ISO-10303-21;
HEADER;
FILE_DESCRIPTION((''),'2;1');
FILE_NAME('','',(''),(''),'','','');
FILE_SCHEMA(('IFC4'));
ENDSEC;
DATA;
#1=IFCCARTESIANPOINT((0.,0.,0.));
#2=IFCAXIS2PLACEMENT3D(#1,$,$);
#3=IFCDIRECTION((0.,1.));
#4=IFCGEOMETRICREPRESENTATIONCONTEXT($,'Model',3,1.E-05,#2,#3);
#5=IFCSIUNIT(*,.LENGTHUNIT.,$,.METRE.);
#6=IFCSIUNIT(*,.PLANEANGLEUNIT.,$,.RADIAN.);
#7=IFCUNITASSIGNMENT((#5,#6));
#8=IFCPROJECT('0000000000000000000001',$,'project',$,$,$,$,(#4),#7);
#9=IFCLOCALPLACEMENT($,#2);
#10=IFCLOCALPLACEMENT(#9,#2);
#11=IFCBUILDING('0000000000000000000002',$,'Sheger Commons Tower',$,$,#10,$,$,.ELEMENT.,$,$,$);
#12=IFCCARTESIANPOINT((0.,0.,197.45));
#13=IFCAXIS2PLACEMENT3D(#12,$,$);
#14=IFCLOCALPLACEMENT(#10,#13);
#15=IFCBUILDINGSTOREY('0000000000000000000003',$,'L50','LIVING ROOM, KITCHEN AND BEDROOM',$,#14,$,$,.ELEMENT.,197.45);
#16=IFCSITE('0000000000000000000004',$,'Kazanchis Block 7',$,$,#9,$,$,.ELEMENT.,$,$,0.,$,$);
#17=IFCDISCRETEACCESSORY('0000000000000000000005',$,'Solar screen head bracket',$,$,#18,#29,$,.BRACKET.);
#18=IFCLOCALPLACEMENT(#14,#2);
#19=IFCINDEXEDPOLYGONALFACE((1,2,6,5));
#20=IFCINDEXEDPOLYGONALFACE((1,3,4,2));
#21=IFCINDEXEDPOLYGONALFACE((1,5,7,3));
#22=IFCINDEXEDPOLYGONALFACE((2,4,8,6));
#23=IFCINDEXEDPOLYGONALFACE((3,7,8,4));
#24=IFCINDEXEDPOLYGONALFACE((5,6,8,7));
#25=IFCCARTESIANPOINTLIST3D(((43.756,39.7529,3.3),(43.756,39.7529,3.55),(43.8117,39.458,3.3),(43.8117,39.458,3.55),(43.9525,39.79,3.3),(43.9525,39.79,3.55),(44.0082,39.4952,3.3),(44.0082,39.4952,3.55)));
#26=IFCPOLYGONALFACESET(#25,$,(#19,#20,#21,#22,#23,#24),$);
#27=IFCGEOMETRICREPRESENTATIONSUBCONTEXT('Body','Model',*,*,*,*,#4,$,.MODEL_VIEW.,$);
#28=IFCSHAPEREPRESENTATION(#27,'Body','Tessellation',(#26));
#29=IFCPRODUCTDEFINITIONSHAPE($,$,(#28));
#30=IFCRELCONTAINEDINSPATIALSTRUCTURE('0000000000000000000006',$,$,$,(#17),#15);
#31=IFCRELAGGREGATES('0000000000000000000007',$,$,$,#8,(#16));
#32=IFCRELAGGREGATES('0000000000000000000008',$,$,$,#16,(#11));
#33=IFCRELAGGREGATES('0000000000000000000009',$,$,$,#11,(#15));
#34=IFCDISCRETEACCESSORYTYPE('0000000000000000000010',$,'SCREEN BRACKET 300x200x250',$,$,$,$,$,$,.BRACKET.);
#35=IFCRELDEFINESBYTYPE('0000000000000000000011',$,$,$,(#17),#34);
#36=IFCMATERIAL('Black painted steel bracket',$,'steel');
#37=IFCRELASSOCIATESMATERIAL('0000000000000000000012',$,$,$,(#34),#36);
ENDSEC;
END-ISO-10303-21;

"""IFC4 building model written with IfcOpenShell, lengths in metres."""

from ifc_helpers import new_model, si_unit, direction, frame, origin, origin_2d, place, context, subcontext, project, spatial, rectangle, extrude, material, type_object, element, save


model = new_model("IFC4")

# Units and contexts
model_context = context("Model", 3, precision=1e-05, world=origin(), true_north=direction((0.0, 1.0)))
body_context = subcontext(model_context, "Body", "Model", "MODEL_VIEW")
ifc_project = project(units=[si_unit("LENGTHUNIT", "METRE"), si_unit("PLANEANGLEUNIT", "RADIAN")], contexts=[model_context])

# Site, building, storey
site_placement = place(None, origin())
site = spatial("IfcSite", under=ifc_project, at=site_placement, Name="Kazanchis Block 7", CompositionType="ELEMENT", RefElevation=0.0)
building_placement = place(site_placement, origin())
building = spatial("IfcBuilding", under=site, at=building_placement, Name="Sheger Commons Tower", CompositionType="ELEMENT")
storey_placement = place(building_placement, frame((0.0, 0.0, 197.45)))
storey = spatial("IfcBuildingStorey", under=building, at=storey_placement, Name="L50", Description="LIVING ROOM, KITCHEN AND BEDROOM", CompositionType="ELEMENT", Elevation=197.45)

# Discrete accessory
ifc_material_1 = material(Name="Black painted steel bracket", Category="steel")
discrete_accessory_type = type_object("IfcDiscreteAccessoryType", Name="SCREEN BRACKET 300x200x250", PredefinedType="BRACKET", material=ifc_material_1)
for number, where, z_axis, x_axis, name in (
    (1, (43.8821, 39.624, 3.3), (0.0, 0.0, 1.0), (-0.185615, 0.982623, 0.0), "Solar screen head bracket"),
):
    element("IfcDiscreteAccessory", number, at=place(storey_placement, frame(where, z_axis=z_axis, x_axis=x_axis)), inside=storey, type_object=discrete_accessory_type, Name=name, PredefinedType="BRACKET", context=body_context, shape_type="SweptSolid", body=[
        extrude(rectangle(XDim=0.3, YDim=0.2, at=origin_2d()), origin(), (0.0, 0.0, 1.0), 0.25),
    ])

save(model, "model.ifc")
